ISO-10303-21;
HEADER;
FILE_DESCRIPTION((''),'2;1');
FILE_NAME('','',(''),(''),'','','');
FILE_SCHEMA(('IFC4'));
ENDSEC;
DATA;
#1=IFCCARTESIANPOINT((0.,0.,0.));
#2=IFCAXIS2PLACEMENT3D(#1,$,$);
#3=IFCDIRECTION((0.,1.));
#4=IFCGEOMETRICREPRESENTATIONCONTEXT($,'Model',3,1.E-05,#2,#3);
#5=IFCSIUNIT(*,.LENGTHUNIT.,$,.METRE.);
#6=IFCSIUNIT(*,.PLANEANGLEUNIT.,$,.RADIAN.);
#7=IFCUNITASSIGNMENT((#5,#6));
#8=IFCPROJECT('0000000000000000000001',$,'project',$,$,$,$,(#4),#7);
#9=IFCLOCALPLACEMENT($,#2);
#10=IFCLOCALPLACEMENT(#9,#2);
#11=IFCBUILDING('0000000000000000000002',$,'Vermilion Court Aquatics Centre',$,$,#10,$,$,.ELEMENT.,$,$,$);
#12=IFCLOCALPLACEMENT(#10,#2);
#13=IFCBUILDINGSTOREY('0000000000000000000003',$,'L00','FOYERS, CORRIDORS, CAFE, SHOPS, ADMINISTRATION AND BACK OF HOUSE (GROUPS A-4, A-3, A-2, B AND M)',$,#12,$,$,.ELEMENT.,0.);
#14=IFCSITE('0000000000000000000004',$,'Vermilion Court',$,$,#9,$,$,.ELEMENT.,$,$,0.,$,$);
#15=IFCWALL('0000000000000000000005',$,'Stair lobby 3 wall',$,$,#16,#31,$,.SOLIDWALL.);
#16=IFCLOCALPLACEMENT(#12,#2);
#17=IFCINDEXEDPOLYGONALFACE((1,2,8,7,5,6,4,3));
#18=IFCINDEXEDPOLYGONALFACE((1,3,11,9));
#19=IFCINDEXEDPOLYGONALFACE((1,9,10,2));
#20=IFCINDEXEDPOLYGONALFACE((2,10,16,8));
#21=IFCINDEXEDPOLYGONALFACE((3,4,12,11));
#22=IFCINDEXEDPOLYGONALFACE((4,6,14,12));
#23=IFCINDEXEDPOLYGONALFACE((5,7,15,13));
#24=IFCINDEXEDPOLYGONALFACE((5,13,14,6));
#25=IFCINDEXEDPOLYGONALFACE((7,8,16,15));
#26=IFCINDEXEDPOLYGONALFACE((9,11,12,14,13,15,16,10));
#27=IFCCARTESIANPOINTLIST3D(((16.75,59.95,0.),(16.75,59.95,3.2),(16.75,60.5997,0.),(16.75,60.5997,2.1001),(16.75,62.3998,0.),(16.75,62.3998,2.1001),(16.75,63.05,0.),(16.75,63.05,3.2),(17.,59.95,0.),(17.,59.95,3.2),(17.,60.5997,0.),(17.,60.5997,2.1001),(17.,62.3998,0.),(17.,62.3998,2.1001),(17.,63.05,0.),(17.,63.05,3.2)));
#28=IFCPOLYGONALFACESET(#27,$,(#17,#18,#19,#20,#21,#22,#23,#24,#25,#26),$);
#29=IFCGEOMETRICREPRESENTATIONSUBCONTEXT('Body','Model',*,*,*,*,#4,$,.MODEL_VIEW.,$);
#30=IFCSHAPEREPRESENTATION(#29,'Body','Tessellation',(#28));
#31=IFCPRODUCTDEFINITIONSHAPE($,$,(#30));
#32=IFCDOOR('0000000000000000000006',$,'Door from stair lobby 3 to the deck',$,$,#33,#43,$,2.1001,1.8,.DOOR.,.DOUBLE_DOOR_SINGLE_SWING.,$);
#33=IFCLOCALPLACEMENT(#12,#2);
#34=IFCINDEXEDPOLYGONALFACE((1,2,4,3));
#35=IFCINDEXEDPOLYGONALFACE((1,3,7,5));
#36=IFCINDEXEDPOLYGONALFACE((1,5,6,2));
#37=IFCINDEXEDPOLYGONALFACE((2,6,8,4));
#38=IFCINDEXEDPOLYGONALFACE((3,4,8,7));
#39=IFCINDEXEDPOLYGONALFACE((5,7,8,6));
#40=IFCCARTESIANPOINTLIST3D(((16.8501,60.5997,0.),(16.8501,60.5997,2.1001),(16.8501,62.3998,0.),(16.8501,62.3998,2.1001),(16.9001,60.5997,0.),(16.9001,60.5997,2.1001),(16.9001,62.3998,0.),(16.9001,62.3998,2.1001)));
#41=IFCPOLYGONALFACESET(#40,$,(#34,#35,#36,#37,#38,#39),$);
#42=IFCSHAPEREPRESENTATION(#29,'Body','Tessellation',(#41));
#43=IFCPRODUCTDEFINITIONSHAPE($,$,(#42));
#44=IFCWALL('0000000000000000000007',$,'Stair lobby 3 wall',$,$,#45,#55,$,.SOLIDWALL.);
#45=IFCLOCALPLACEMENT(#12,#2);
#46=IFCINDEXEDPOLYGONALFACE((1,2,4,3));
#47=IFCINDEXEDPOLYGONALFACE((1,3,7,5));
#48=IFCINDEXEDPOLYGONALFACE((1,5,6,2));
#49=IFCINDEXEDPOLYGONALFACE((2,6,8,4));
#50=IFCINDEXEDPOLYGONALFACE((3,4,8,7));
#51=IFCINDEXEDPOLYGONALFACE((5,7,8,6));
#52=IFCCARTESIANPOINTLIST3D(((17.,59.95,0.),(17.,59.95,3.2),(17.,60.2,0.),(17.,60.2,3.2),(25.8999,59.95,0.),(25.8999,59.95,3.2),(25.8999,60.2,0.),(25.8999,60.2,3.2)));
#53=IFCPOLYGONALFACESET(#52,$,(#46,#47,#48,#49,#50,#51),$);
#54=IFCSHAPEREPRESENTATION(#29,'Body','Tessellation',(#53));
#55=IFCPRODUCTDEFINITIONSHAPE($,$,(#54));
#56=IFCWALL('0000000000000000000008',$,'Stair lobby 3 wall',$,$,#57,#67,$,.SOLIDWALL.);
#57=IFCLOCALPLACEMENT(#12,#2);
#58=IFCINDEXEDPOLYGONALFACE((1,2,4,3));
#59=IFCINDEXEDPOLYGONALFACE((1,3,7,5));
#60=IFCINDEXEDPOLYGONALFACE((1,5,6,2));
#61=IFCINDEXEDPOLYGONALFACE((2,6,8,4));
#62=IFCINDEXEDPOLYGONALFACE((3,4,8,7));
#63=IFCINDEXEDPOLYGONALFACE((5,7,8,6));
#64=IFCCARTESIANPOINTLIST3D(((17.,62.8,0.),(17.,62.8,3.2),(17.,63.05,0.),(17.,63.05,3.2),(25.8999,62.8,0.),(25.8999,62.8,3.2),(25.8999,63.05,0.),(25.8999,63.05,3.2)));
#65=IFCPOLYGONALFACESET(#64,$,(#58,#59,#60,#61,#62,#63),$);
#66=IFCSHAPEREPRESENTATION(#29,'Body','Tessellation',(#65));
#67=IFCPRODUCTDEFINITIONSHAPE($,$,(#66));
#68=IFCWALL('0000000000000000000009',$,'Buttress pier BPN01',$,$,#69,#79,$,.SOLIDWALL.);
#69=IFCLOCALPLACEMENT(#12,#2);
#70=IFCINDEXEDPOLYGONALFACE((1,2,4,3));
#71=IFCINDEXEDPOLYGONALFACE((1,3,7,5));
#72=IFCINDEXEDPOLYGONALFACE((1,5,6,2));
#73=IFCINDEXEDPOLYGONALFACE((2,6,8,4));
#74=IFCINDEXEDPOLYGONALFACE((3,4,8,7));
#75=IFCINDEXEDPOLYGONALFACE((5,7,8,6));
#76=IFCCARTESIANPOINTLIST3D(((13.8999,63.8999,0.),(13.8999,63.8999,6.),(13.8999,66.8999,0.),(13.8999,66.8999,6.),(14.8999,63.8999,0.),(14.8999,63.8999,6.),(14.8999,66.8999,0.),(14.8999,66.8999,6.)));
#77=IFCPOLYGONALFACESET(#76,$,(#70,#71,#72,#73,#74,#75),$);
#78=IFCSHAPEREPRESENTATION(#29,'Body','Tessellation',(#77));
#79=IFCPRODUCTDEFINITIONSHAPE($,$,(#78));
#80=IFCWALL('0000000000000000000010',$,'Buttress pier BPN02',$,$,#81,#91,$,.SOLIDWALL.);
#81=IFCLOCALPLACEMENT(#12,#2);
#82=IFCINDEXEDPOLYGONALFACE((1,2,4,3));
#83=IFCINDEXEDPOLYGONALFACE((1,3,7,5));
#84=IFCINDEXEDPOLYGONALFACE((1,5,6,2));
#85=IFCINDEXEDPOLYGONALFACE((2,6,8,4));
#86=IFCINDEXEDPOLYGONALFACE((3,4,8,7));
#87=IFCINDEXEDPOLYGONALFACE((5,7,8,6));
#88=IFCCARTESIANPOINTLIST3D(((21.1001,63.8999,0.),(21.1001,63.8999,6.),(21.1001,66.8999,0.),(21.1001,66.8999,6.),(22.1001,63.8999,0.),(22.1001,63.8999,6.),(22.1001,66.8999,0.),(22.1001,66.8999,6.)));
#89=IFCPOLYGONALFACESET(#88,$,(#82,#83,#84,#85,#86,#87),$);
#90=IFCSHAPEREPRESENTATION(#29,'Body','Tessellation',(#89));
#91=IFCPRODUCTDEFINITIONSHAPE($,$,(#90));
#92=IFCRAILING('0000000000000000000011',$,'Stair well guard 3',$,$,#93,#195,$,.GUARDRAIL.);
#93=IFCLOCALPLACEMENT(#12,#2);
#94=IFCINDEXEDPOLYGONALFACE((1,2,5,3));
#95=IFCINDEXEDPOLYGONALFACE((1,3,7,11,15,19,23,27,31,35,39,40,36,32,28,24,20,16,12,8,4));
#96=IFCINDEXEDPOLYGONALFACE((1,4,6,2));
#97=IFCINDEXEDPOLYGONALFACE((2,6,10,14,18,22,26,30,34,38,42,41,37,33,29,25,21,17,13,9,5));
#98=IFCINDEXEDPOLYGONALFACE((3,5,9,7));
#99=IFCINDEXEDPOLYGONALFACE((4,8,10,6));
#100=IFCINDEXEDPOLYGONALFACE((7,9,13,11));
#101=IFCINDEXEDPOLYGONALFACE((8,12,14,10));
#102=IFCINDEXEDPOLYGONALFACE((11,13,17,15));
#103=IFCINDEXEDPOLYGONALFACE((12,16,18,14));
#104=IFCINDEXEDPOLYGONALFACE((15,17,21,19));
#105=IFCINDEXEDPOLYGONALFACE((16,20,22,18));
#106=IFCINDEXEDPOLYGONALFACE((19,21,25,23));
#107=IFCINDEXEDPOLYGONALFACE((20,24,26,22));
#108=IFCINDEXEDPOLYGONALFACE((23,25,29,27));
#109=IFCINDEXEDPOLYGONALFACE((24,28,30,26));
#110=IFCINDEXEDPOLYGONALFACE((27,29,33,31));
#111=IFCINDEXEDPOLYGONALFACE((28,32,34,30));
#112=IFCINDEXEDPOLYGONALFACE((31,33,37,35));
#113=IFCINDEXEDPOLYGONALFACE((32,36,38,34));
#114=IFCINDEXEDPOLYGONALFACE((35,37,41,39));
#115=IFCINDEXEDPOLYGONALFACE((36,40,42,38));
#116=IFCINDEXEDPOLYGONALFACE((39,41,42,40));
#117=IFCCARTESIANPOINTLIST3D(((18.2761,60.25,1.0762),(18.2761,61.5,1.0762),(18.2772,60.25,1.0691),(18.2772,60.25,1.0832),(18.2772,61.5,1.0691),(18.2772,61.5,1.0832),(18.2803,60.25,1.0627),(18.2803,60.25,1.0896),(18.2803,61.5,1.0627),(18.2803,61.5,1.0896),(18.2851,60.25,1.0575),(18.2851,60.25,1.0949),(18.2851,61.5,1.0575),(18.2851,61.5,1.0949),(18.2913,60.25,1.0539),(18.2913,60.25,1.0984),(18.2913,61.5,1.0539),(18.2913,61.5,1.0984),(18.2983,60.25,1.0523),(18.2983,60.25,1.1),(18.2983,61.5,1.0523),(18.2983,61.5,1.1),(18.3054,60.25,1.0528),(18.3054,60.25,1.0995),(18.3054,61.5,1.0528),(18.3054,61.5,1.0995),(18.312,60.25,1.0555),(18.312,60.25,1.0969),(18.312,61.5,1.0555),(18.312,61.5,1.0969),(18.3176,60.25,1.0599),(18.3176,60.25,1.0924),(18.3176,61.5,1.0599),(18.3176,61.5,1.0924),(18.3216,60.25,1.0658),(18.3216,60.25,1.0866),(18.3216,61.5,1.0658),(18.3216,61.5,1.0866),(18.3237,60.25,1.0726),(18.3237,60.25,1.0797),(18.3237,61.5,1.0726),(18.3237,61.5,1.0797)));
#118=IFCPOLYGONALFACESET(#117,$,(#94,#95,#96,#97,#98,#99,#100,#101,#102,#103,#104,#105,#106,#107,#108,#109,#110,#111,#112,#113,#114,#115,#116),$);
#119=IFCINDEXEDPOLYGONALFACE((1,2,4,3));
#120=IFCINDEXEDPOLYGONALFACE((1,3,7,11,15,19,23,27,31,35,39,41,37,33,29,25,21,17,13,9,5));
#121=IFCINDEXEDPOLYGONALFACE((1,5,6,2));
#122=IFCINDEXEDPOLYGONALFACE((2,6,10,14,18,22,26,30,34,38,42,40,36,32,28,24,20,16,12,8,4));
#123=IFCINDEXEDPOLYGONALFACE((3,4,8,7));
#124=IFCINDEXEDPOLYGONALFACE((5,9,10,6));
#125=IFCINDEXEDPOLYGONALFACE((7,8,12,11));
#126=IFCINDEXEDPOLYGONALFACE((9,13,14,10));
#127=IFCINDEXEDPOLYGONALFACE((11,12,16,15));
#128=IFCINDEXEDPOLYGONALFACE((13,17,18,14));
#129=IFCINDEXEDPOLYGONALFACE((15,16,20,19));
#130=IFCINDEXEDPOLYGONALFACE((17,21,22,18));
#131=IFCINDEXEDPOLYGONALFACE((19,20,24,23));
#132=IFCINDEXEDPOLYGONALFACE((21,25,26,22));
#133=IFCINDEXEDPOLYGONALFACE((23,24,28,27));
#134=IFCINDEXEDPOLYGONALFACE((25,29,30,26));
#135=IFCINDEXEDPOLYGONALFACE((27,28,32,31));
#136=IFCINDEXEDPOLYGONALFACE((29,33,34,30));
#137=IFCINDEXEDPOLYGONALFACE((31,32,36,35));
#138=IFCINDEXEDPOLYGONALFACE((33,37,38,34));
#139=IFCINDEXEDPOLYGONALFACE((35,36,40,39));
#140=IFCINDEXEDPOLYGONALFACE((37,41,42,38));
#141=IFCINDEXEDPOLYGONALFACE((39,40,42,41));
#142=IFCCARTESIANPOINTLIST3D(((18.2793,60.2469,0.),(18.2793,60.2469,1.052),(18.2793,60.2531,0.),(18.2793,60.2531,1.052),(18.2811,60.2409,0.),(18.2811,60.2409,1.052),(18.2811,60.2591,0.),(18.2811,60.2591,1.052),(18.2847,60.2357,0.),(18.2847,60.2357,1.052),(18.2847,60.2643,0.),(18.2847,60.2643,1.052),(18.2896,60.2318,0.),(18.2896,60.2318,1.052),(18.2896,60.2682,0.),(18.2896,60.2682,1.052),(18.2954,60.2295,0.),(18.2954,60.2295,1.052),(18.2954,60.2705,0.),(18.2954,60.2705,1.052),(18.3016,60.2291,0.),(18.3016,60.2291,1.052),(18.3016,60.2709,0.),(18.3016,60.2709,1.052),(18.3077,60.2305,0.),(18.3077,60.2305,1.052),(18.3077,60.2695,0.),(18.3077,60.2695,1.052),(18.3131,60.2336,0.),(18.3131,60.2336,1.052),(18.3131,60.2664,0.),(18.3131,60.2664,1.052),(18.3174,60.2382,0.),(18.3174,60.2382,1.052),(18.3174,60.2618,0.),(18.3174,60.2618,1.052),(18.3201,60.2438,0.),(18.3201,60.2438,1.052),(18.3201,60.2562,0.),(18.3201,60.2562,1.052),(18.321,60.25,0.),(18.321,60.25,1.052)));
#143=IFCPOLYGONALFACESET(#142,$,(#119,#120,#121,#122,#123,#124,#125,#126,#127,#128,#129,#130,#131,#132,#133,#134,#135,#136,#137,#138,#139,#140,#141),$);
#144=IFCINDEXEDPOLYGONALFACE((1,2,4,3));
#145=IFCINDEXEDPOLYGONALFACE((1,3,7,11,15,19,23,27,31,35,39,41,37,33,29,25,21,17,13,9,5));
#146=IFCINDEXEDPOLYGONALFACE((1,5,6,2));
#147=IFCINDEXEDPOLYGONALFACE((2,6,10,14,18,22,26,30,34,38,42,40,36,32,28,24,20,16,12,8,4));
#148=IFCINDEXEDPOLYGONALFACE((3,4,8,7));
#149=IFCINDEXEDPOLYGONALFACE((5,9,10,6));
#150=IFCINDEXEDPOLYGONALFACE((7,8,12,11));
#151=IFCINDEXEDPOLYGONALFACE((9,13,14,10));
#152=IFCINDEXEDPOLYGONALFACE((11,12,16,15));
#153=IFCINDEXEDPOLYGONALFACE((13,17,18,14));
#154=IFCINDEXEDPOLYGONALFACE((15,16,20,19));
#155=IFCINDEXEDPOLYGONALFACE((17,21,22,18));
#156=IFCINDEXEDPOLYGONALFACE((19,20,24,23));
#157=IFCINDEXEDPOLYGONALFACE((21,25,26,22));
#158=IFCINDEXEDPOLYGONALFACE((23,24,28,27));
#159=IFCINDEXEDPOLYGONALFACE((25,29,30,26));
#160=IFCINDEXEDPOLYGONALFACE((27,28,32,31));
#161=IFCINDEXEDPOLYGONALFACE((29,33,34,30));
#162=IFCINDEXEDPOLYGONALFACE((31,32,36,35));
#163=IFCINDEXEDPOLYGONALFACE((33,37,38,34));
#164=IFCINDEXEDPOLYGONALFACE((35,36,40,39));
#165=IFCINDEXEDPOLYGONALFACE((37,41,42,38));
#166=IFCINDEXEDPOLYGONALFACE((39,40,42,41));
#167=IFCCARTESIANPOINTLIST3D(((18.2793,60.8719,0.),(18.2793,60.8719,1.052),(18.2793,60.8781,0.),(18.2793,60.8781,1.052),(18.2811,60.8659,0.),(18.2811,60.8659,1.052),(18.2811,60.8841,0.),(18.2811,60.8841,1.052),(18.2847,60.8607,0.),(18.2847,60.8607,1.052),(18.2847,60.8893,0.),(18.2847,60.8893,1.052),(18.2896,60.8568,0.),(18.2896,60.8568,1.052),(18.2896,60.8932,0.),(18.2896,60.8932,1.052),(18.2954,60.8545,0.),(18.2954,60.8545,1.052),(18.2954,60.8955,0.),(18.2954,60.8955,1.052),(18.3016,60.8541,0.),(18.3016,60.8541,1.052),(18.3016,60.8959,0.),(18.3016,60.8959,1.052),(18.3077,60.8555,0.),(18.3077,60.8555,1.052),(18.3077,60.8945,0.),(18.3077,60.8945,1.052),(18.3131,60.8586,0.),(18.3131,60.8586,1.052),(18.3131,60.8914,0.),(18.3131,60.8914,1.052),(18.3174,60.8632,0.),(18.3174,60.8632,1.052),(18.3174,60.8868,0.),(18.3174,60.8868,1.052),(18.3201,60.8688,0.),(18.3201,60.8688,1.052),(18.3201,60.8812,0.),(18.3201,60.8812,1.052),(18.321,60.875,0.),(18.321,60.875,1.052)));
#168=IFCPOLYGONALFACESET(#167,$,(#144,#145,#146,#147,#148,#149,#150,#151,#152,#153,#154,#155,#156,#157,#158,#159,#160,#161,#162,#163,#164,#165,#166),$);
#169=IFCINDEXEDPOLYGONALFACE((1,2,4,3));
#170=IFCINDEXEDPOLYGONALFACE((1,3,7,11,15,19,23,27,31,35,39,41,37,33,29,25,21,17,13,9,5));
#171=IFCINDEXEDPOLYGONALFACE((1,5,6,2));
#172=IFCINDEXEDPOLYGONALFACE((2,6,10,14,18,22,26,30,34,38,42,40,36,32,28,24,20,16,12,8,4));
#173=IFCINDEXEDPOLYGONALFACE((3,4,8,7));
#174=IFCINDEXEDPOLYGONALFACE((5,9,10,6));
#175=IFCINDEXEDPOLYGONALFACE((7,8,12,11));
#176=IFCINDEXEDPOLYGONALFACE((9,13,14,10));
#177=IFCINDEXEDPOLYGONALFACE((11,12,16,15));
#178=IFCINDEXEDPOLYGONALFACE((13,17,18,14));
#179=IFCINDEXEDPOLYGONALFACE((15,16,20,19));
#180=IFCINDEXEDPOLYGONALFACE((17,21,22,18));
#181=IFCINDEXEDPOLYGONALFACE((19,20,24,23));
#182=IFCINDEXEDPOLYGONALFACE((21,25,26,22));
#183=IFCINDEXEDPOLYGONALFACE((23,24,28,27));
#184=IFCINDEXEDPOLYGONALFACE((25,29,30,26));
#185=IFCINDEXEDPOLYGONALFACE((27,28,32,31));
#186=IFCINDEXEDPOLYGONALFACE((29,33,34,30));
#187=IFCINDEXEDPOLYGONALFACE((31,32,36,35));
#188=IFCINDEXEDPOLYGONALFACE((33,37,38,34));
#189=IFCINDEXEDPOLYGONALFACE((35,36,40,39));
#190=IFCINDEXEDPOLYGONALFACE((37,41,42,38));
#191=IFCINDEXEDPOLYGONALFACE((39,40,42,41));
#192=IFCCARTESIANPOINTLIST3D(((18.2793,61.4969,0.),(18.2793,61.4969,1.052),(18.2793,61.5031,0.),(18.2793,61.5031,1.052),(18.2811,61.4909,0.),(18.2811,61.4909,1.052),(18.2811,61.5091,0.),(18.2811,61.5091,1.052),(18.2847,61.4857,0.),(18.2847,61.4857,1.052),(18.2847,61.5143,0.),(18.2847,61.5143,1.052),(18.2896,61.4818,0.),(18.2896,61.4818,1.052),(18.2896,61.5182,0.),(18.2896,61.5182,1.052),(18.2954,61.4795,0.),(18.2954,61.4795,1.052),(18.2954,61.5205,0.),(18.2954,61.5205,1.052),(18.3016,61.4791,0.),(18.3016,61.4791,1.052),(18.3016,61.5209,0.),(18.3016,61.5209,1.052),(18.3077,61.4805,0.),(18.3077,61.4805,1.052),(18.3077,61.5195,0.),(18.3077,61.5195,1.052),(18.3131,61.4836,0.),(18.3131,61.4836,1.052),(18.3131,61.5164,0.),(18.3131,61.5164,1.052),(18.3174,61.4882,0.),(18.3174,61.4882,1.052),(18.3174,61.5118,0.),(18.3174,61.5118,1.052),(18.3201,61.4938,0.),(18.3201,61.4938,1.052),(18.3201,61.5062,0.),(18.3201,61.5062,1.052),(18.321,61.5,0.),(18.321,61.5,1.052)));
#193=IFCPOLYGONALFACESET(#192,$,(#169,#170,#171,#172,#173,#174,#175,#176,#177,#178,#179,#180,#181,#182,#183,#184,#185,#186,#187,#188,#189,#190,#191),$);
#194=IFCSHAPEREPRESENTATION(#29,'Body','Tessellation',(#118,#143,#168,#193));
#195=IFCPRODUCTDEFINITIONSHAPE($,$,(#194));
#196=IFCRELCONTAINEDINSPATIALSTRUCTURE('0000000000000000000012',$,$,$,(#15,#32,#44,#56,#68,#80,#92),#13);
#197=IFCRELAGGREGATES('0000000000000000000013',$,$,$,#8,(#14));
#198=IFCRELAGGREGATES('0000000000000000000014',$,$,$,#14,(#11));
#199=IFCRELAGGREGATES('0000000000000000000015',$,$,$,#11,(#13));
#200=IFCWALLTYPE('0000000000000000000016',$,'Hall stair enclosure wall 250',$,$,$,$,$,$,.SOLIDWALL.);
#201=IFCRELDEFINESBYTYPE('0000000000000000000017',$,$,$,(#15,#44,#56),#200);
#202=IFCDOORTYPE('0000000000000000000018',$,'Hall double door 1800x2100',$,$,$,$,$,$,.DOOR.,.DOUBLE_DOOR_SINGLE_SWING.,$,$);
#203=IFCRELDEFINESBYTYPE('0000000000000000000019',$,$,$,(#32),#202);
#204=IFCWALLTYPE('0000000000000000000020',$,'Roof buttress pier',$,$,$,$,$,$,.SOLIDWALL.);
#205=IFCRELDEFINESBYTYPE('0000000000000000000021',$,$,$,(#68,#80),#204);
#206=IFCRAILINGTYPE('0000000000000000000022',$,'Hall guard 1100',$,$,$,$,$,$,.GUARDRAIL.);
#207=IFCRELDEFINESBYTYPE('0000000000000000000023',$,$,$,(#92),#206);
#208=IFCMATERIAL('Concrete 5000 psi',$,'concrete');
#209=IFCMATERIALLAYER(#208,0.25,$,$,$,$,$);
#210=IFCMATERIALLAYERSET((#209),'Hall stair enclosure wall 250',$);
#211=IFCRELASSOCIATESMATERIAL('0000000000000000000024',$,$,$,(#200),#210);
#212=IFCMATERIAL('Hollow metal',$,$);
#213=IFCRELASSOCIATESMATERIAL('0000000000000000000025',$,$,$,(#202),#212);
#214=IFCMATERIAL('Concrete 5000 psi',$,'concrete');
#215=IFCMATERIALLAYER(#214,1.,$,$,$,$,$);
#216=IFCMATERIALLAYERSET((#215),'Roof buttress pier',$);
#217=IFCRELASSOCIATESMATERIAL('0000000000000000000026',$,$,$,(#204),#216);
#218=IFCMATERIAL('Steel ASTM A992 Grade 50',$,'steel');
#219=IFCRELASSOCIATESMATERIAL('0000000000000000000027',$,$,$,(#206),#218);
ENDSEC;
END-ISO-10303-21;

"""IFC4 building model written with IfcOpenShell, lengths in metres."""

from ifc_helpers import new_model, si_unit, direction, frame, frame_2d, origin, origin_2d, place, context, subcontext, project, spatial, rectangle, circle, extrude, material, layer, layer_set, type_object, element, fill, save


model = new_model("IFC4")

# Units and contexts
model_context = context("Model", 3, precision=1e-05, world=origin(), true_north=direction((0.0, 1.0)))
body_context = subcontext(model_context, "Body", "Model", "MODEL_VIEW")
ifc_project = project(units=[si_unit("LENGTHUNIT", "METRE"), si_unit("PLANEANGLEUNIT", "RADIAN")], contexts=[model_context])

# Site, building, storey
site_placement = place(None, origin())
site = spatial("IfcSite", under=ifc_project, at=site_placement, Name="Vermilion Court", CompositionType="ELEMENT", RefElevation=0.0)
building_placement = place(site_placement, origin())
building = spatial("IfcBuilding", under=site, at=building_placement, Name="Vermilion Court Aquatics Centre", CompositionType="ELEMENT")
storey_placement = place(building_placement, origin())
storey = spatial("IfcBuildingStorey", under=building, at=storey_placement, Name="L00", Description="FOYERS, CORRIDORS, CAFE, SHOPS, ADMINISTRATION AND BACK OF HOUSE (GROUPS A-4, A-3, A-2, B AND M)", CompositionType="ELEMENT", Elevation=0.0)

# Wall, opening, door
ifc_material_1 = material(Name="Concrete 5000 psi", Category="concrete")
ifc_layer_1 = layer(ifc_material_1, 0.25)
ifc_layer_set_1 = layer_set([ifc_layer_1], Name="Hall stair enclosure wall 250")
wall_type_1 = type_object("IfcWallType", Name="Hall stair enclosure wall 250", PredefinedType="SOLIDWALL", material=ifc_layer_set_1)
wall_1_placement = place(storey_placement, frame((16.875, 59.95, 0.0), z_axis=(0.0, 0.0, 1.0), x_axis=(0.0, 1.0, 0.0)))
wall_1 = element("IfcWall", 1, at=wall_1_placement, inside=storey, type_object=wall_type_1, Name="Stair lobby 3 wall", PredefinedType="SOLIDWALL", context=body_context, shape_type="SweptSolid", body=[
    extrude(rectangle(XDim=3.1001, YDim=0.25, at=frame_2d((1.55, 0.0))), origin(), (0.0, 0.0, 1.0), 3.2),
])
opening_1_placement = place(wall_1_placement, frame((0.6499, 0.0, 0.0)))
opening_1 = element("IfcOpeningElement", 2, at=opening_1_placement, cuts=wall_1, PredefinedType="OPENING", context=body_context, shape_type="SweptSolid", body=[
    extrude(rectangle(XDim=1.8, YDim=2.1001, at=frame_2d((0.8999, 1.05))), frame((0.0, 0.135, 0.0), z_axis=(0.0, -1.0, 0.0), x_axis=(1.0, 0.0, 0.0)), (0.0, 0.0, 1.0), 0.27),
])
ifc_material_2 = material(Name="Hollow metal")
door_type_1 = type_object("IfcDoorType", Name="Hall double door 1800x2100", OperationType="DOUBLE_DOOR_SINGLE_SWING", PredefinedType="DOOR", material=ifc_material_2)
door_1_placement = place(opening_1_placement, frame((1.8, 0.0, 0.0), z_axis=(0.0, 0.0, 1.0), x_axis=(-1.0, 0.0, 0.0)))
door_1 = element("IfcDoor", 3, at=door_1_placement, inside=storey, type_object=door_type_1, Name="Door from stair lobby 3 to the deck", OperationType="DOUBLE_DOOR_SINGLE_SWING", OverallHeight=2.1001, OverallWidth=1.8, PredefinedType="DOOR", context=body_context, shape_type="SweptSolid", body=[
    extrude(rectangle(XDim=1.8, YDim=2.1001, at=frame_2d((0.9001, 1.05))), frame((0.0, 0.0251, 0.0), z_axis=(0.0, -1.0, 0.0), x_axis=(1.0, 0.0, 0.0)), (0.0, 0.0, 1.0), 0.05),
])
fill(opening_1, door_1)

# Walls
for number, where, z_axis, x_axis, name in (
    (4, (17.0, 60.075, 0.0), (0.0, 0.0, 1.0), (1.0, 0.0, 0.0), "Stair lobby 3 wall"),
    (5, (17.0, 62.925, 0.0), (0.0, 0.0, 1.0), (1.0, 0.0, 0.0), "Stair lobby 3 wall"),
):
    element("IfcWall", number, at=place(storey_placement, frame(where, z_axis=z_axis, x_axis=x_axis)), inside=storey, type_object=wall_type_1, Name=name, PredefinedType="SOLIDWALL", context=body_context, shape_type="SweptSolid", body=[
        extrude(rectangle(XDim=8.8999, YDim=0.25, at=frame_2d((4.45, 0.0))), origin(), (0.0, 0.0, 1.0), 3.2),
    ])
ifc_material_3 = material(Name="Concrete 5000 psi", Category="concrete")
ifc_layer_2 = layer(ifc_material_3, 1.0)
ifc_layer_set_2 = layer_set([ifc_layer_2], Name="Roof buttress pier")
wall_type_2 = type_object("IfcWallType", Name="Roof buttress pier", PredefinedType="SOLIDWALL", material=ifc_layer_set_2)
for number, where, z_axis, x_axis, name in (
    (6, (14.3999, 63.8999, 0.0), (0.0, 0.0, 1.0), (0.0, 1.0, 0.0), "Buttress pier BPN01"),
    (7, (21.6001, 63.8999, 0.0), (0.0, 0.0, 1.0), (0.0, 1.0, 0.0), "Buttress pier BPN02"),
):
    element("IfcWall", number, at=place(storey_placement, frame(where, z_axis=z_axis, x_axis=x_axis)), inside=storey, type_object=wall_type_2, Name=name, PredefinedType="SOLIDWALL", context=body_context, shape_type="SweptSolid", body=[
        extrude(rectangle(XDim=3.0, YDim=1.0, at=frame_2d((1.5, 0.0))), origin(), (0.0, 0.0, 1.0), 6.0),
    ])

# Railing
ifc_material_4 = material(Name="Steel ASTM A992 Grade 50", Category="steel")
railing_type_1 = type_object("IfcRailingType", Name="Hall guard 1100", PredefinedType="GUARDRAIL", material=ifc_material_4)
railing_1_placement = place(storey_placement, frame((18.3, 60.25, 0.0)))
element("IfcRailing", 8, at=railing_1_placement, inside=storey, type_object=railing_type_1, Name="Stair well guard 3", PredefinedType="GUARDRAIL", context=body_context, shape_type="SweptSolid", body=[
    extrude(circle(Radius=0.0239, at=origin_2d()), frame((0.0, 0.0, 1.0762), z_axis=(0.0, 1.0, 0.0), x_axis=(-1.0, 0.0, 0.0)), (0.0, 0.0, 1.0), 1.25),
    extrude(circle(Radius=0.021, at=origin_2d()), origin(), (0.0, 0.0, 1.0), 1.052),
    extrude(circle(Radius=0.021, at=origin_2d()), frame((0.0, 0.625, 0.0)), (0.0, 0.0, 1.0), 1.052),
    extrude(circle(Radius=0.021, at=origin_2d()), frame((0.0, 1.25, 0.0)), (0.0, 0.0, 1.0), 1.052),
])

save(model, "model.ifc")
